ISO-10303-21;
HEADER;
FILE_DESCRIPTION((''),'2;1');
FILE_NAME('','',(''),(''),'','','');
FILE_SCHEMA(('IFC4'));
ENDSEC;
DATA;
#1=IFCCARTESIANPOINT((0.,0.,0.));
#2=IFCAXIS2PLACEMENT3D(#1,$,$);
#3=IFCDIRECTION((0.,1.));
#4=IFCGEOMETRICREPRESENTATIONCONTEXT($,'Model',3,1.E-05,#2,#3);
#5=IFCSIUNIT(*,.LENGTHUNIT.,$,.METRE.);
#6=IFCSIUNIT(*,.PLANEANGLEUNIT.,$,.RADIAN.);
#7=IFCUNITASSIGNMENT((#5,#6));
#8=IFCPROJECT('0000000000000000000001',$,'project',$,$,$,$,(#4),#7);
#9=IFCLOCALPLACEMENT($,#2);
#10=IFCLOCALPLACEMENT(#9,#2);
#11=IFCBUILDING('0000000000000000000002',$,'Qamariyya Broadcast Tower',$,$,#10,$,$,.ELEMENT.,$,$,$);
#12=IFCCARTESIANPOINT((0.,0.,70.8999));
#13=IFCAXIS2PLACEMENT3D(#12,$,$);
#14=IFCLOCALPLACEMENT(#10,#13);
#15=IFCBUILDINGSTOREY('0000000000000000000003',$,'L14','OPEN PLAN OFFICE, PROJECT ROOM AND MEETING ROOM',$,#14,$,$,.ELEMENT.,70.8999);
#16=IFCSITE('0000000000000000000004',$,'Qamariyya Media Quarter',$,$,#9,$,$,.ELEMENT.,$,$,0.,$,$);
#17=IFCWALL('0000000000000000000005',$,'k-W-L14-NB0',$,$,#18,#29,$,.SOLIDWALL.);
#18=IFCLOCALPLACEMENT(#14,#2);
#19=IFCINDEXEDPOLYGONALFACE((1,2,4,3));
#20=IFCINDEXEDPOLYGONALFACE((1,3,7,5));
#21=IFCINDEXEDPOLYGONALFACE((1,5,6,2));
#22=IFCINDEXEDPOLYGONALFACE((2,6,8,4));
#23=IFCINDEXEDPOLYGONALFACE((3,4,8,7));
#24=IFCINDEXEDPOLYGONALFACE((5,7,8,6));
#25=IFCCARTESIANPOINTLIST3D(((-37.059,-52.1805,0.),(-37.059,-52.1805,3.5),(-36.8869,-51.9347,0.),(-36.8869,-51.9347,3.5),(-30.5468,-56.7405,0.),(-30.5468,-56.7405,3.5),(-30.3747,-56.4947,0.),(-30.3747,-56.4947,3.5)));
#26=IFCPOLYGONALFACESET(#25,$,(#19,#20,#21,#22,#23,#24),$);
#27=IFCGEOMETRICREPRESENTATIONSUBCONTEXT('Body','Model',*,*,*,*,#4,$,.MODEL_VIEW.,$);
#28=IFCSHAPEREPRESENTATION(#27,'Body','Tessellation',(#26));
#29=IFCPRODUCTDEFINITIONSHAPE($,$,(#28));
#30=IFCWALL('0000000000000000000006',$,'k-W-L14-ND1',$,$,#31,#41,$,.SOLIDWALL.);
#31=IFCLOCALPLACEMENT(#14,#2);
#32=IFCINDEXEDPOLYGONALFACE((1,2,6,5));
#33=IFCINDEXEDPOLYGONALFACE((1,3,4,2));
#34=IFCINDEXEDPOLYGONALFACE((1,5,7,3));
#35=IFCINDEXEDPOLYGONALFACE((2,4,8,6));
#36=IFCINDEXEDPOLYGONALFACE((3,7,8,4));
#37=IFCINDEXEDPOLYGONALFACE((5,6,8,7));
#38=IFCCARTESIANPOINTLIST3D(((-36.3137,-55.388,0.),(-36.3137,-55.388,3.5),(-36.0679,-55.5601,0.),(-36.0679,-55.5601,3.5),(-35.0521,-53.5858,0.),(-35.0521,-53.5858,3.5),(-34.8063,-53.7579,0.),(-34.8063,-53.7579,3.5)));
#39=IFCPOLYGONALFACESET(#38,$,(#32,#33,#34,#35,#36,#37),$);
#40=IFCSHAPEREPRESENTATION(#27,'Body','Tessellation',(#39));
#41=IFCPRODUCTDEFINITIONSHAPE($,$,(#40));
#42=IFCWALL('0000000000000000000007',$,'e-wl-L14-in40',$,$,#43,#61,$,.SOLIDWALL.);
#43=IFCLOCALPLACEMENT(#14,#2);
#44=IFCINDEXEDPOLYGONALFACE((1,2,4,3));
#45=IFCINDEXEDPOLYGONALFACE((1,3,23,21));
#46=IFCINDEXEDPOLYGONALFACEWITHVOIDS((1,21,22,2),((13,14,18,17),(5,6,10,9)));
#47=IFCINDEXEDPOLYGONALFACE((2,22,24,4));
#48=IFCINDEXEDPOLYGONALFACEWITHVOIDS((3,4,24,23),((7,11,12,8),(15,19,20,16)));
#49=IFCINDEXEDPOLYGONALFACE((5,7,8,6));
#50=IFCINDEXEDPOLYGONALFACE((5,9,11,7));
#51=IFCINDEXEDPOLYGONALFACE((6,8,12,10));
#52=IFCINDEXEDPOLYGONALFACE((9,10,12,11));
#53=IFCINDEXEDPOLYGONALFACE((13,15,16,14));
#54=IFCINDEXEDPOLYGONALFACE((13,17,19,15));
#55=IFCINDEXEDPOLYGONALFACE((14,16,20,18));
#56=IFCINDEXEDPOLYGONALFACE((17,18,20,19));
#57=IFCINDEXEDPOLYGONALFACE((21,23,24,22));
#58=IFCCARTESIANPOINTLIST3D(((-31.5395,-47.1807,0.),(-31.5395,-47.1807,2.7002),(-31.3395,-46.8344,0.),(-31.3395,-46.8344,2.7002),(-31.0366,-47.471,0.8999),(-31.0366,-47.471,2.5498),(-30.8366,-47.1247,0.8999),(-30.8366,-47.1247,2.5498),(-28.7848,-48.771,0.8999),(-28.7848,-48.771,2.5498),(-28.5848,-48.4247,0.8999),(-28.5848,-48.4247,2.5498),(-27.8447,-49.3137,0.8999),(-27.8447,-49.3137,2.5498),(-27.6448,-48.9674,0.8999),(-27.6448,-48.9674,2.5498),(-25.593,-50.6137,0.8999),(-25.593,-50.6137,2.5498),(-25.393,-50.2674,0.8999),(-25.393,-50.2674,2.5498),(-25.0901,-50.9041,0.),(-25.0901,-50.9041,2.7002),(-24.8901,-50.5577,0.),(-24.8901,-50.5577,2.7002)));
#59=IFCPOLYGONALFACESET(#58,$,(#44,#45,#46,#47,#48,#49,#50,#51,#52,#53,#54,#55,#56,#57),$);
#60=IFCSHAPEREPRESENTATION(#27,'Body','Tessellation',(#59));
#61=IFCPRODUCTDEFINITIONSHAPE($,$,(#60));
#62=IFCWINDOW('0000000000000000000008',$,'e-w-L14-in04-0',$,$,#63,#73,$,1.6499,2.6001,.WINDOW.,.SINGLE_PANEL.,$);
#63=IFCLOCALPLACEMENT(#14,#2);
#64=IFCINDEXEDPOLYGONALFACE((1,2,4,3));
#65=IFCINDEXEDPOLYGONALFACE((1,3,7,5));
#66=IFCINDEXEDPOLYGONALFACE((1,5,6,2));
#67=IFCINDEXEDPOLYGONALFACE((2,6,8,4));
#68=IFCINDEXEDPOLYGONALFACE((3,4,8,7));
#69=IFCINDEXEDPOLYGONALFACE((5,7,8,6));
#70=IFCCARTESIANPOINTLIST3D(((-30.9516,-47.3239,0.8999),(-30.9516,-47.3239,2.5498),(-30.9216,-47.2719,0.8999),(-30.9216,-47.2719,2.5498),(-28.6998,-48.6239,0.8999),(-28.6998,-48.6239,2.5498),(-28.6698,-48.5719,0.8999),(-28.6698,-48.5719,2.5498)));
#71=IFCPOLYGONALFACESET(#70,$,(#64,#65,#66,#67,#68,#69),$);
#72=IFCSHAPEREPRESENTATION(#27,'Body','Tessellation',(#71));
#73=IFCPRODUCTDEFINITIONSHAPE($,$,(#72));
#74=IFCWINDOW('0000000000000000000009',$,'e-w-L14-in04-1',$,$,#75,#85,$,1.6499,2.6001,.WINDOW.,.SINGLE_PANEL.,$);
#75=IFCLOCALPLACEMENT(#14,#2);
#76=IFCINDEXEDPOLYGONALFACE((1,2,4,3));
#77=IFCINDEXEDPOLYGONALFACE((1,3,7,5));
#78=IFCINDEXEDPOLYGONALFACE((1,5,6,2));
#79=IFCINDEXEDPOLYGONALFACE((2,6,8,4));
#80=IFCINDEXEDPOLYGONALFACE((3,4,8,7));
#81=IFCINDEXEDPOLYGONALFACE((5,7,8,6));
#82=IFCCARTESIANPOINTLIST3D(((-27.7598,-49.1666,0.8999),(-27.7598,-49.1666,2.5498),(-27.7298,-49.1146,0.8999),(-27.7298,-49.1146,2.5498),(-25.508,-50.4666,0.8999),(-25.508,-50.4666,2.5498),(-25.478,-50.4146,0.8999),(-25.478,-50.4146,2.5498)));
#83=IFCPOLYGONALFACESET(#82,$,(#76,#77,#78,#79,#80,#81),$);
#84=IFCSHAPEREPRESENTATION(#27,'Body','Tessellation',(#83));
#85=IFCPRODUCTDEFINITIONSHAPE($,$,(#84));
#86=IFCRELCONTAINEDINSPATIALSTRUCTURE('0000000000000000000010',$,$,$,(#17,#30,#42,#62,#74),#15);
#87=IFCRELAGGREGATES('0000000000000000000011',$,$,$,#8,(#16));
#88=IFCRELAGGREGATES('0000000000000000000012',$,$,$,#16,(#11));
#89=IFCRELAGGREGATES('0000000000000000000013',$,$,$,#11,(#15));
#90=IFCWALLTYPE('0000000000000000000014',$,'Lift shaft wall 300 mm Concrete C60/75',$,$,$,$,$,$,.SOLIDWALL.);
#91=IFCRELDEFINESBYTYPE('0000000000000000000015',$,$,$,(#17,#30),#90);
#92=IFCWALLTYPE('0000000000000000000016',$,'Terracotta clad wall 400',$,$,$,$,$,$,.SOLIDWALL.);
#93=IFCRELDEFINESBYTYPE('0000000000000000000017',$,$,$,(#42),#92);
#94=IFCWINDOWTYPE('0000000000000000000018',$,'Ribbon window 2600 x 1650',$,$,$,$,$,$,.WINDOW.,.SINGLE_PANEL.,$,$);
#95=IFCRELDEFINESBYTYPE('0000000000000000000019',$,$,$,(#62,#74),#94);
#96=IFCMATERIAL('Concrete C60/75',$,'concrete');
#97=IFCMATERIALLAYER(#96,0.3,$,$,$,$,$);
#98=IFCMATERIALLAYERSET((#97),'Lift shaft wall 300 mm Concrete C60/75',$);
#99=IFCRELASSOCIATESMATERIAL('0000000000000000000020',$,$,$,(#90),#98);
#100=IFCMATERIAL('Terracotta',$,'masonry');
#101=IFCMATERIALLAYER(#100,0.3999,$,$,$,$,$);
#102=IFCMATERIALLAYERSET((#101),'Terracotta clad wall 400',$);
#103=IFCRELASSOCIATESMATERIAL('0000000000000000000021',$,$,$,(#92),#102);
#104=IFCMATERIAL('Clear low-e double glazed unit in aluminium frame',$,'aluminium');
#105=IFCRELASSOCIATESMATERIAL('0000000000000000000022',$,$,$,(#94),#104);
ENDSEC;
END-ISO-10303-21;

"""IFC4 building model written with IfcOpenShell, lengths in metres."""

from ifc_helpers import new_model, si_unit, direction, frame, frame_2d, origin, place, context, subcontext, project, spatial, rectangle, extrude, material, layer, layer_set, type_object, element, fill, save


model = new_model("IFC4")

# Units and contexts
model_context = context("Model", 3, precision=1e-05, world=origin(), true_north=direction((0.0, 1.0)))
body_context = subcontext(model_context, "Body", "Model", "MODEL_VIEW")
ifc_project = project(units=[si_unit("LENGTHUNIT", "METRE"), si_unit("PLANEANGLEUNIT", "RADIAN")], contexts=[model_context])

# Site, building, storey
site_placement = place(None, origin())
site = spatial("IfcSite", under=ifc_project, at=site_placement, Name="Qamariyya Media Quarter", CompositionType="ELEMENT", RefElevation=0.0)
building_placement = place(site_placement, origin())
building = spatial("IfcBuilding", under=site, at=building_placement, Name="Qamariyya Broadcast Tower", CompositionType="ELEMENT")
storey_placement = place(building_placement, frame((0.0, 0.0, 70.8999)))
storey = spatial("IfcBuildingStorey", under=building, at=storey_placement, Name="L14", Description="OPEN PLAN OFFICE, PROJECT ROOM AND MEETING ROOM", CompositionType="ELEMENT", Elevation=70.8999)

# Walls
ifc_material_1 = material(Name="Concrete C60/75", Category="concrete")
ifc_layer_1 = layer(ifc_material_1, 0.3)
ifc_layer_set_1 = layer_set([ifc_layer_1], Name="Lift shaft wall 300 mm Concrete C60/75")
wall_type_1 = type_object("IfcWallType", Name="Lift shaft wall 300 mm Concrete C60/75", PredefinedType="SOLIDWALL", material=ifc_layer_set_1)
wall_1_placement = place(storey_placement, frame((-30.4607, -56.6177, 0.0), z_axis=(0.0, 0.0, 1.0), x_axis=(-0.819142, 0.57359, 0.0)))
element("IfcWall", 1, at=wall_1_placement, inside=storey, type_object=wall_type_1, Name="k-W-L14-NB0", PredefinedType="SOLIDWALL", context=body_context, shape_type="SweptSolid", body=[
    extrude(rectangle(XDim=7.95, YDim=0.3, at=frame_2d((3.9751, 0.0))), origin(), (0.0, 0.0, 1.0), 3.5),
])
wall_2_placement = place(storey_placement, frame((-36.1909, -55.4741, 0.0), z_axis=(0.0, 0.0, 1.0), x_axis=(0.573507, 0.819201, 0.0)))
element("IfcWall", 2, at=wall_2_placement, inside=storey, type_object=wall_type_1, Name="k-W-L14-ND1", PredefinedType="SOLIDWALL", context=body_context, shape_type="SweptSolid", body=[
    extrude(rectangle(XDim=2.2, YDim=0.3, at=frame_2d((1.1001, 0.0))), origin(), (0.0, 0.0, 1.0), 3.5),
])

# Wall, openings, windows
ifc_material_2 = material(Name="Terracotta", Category="masonry")
ifc_layer_2 = layer(ifc_material_2, 0.3999)
ifc_layer_set_2 = layer_set([ifc_layer_2], Name="Terracotta clad wall 400")
wall_type_2 = type_object("IfcWallType", Name="Terracotta clad wall 400", PredefinedType="SOLIDWALL", material=ifc_layer_set_2)
wall_3_placement = place(storey_placement, frame((-24.99, -50.731, 0.0), z_axis=(0.0, 0.0, 1.0), x_axis=(-0.866038, 0.499979, 0.0)))
wall_3 = element("IfcWall", 3, at=wall_3_placement, inside=storey, type_object=wall_type_2, Name="e-wl-L14-in40", PredefinedType="SOLIDWALL", context=body_context, shape_type="SweptSolid", body=[
    extrude(rectangle(XDim=7.447, YDim=0.3999, at=frame_2d((3.7236, 0.0))), origin(), (0.0, 0.0, 1.0), 2.7002),
])
opening_1_placement = place(wall_3_placement, frame((4.2664, 0.0, 0.8999)))
opening_1 = element("IfcOpeningElement", 4, at=opening_1_placement, cuts=wall_3, PredefinedType="OPENING", context=body_context, shape_type="SweptSolid", body=[
    extrude(rectangle(XDim=2.6001, YDim=1.6499, at=frame_2d((1.3, 0.825))), frame((0.0, 0.21, 0.0), z_axis=(0.0, -1.0, 0.0), x_axis=(1.0, 0.0, 0.0)), (0.0, 0.0, 1.0), 0.4199),
])
opening_2_placement = place(wall_3_placement, frame((0.5808, 0.0, 0.8999)))
opening_2 = element("IfcOpeningElement", 5, at=opening_2_placement, cuts=wall_3, PredefinedType="OPENING", context=body_context, shape_type="SweptSolid", body=[
    extrude(rectangle(XDim=2.6001, YDim=1.6499, at=frame_2d((1.3, 0.825))), frame((0.0, 0.21, 0.0), z_axis=(0.0, -1.0, 0.0), x_axis=(1.0, 0.0, 0.0)), (0.0, 0.0, 1.0), 0.4199),
])
ifc_material_3 = material(Name="Clear low-e double glazed unit in aluminium frame", Category="aluminium")
window_type = type_object("IfcWindowType", Name="Ribbon window 2600 x 1650", PartitioningType="SINGLE_PANEL", PredefinedType="WINDOW", material=ifc_material_3)
window_1_placement = place(opening_1_placement, origin())
window_1 = element("IfcWindow", 6, at=window_1_placement, inside=storey, type_object=window_type, Name="e-w-L14-in04-0", OverallHeight=1.6499, OverallWidth=2.6001, PartitioningType="SINGLE_PANEL", PredefinedType="WINDOW", context=body_context, shape_type="SweptSolid", body=[
    extrude(rectangle(XDim=2.6001, YDim=1.6499, at=frame_2d((1.3, 0.825))), frame((0.0, 0.03, 0.0), z_axis=(0.0, -1.0, 0.0), x_axis=(1.0, 0.0, 0.0)), (0.0, 0.0, 1.0), 0.0601),
])
fill(opening_1, window_1)
window_2_placement = place(opening_2_placement, origin())
window_2 = element("IfcWindow", 7, at=window_2_placement, inside=storey, type_object=window_type, Name="e-w-L14-in04-1", OverallHeight=1.6499, OverallWidth=2.6001, PartitioningType="SINGLE_PANEL", PredefinedType="WINDOW", context=body_context, shape_type="SweptSolid", body=[
    extrude(rectangle(XDim=2.6001, YDim=1.6499, at=frame_2d((1.3, 0.825))), frame((0.0, 0.03, 0.0), z_axis=(0.0, -1.0, 0.0), x_axis=(1.0, 0.0, 0.0)), (0.0, 0.0, 1.0), 0.0601),
])
fill(opening_2, window_2)

save(model, "model.ifc")
